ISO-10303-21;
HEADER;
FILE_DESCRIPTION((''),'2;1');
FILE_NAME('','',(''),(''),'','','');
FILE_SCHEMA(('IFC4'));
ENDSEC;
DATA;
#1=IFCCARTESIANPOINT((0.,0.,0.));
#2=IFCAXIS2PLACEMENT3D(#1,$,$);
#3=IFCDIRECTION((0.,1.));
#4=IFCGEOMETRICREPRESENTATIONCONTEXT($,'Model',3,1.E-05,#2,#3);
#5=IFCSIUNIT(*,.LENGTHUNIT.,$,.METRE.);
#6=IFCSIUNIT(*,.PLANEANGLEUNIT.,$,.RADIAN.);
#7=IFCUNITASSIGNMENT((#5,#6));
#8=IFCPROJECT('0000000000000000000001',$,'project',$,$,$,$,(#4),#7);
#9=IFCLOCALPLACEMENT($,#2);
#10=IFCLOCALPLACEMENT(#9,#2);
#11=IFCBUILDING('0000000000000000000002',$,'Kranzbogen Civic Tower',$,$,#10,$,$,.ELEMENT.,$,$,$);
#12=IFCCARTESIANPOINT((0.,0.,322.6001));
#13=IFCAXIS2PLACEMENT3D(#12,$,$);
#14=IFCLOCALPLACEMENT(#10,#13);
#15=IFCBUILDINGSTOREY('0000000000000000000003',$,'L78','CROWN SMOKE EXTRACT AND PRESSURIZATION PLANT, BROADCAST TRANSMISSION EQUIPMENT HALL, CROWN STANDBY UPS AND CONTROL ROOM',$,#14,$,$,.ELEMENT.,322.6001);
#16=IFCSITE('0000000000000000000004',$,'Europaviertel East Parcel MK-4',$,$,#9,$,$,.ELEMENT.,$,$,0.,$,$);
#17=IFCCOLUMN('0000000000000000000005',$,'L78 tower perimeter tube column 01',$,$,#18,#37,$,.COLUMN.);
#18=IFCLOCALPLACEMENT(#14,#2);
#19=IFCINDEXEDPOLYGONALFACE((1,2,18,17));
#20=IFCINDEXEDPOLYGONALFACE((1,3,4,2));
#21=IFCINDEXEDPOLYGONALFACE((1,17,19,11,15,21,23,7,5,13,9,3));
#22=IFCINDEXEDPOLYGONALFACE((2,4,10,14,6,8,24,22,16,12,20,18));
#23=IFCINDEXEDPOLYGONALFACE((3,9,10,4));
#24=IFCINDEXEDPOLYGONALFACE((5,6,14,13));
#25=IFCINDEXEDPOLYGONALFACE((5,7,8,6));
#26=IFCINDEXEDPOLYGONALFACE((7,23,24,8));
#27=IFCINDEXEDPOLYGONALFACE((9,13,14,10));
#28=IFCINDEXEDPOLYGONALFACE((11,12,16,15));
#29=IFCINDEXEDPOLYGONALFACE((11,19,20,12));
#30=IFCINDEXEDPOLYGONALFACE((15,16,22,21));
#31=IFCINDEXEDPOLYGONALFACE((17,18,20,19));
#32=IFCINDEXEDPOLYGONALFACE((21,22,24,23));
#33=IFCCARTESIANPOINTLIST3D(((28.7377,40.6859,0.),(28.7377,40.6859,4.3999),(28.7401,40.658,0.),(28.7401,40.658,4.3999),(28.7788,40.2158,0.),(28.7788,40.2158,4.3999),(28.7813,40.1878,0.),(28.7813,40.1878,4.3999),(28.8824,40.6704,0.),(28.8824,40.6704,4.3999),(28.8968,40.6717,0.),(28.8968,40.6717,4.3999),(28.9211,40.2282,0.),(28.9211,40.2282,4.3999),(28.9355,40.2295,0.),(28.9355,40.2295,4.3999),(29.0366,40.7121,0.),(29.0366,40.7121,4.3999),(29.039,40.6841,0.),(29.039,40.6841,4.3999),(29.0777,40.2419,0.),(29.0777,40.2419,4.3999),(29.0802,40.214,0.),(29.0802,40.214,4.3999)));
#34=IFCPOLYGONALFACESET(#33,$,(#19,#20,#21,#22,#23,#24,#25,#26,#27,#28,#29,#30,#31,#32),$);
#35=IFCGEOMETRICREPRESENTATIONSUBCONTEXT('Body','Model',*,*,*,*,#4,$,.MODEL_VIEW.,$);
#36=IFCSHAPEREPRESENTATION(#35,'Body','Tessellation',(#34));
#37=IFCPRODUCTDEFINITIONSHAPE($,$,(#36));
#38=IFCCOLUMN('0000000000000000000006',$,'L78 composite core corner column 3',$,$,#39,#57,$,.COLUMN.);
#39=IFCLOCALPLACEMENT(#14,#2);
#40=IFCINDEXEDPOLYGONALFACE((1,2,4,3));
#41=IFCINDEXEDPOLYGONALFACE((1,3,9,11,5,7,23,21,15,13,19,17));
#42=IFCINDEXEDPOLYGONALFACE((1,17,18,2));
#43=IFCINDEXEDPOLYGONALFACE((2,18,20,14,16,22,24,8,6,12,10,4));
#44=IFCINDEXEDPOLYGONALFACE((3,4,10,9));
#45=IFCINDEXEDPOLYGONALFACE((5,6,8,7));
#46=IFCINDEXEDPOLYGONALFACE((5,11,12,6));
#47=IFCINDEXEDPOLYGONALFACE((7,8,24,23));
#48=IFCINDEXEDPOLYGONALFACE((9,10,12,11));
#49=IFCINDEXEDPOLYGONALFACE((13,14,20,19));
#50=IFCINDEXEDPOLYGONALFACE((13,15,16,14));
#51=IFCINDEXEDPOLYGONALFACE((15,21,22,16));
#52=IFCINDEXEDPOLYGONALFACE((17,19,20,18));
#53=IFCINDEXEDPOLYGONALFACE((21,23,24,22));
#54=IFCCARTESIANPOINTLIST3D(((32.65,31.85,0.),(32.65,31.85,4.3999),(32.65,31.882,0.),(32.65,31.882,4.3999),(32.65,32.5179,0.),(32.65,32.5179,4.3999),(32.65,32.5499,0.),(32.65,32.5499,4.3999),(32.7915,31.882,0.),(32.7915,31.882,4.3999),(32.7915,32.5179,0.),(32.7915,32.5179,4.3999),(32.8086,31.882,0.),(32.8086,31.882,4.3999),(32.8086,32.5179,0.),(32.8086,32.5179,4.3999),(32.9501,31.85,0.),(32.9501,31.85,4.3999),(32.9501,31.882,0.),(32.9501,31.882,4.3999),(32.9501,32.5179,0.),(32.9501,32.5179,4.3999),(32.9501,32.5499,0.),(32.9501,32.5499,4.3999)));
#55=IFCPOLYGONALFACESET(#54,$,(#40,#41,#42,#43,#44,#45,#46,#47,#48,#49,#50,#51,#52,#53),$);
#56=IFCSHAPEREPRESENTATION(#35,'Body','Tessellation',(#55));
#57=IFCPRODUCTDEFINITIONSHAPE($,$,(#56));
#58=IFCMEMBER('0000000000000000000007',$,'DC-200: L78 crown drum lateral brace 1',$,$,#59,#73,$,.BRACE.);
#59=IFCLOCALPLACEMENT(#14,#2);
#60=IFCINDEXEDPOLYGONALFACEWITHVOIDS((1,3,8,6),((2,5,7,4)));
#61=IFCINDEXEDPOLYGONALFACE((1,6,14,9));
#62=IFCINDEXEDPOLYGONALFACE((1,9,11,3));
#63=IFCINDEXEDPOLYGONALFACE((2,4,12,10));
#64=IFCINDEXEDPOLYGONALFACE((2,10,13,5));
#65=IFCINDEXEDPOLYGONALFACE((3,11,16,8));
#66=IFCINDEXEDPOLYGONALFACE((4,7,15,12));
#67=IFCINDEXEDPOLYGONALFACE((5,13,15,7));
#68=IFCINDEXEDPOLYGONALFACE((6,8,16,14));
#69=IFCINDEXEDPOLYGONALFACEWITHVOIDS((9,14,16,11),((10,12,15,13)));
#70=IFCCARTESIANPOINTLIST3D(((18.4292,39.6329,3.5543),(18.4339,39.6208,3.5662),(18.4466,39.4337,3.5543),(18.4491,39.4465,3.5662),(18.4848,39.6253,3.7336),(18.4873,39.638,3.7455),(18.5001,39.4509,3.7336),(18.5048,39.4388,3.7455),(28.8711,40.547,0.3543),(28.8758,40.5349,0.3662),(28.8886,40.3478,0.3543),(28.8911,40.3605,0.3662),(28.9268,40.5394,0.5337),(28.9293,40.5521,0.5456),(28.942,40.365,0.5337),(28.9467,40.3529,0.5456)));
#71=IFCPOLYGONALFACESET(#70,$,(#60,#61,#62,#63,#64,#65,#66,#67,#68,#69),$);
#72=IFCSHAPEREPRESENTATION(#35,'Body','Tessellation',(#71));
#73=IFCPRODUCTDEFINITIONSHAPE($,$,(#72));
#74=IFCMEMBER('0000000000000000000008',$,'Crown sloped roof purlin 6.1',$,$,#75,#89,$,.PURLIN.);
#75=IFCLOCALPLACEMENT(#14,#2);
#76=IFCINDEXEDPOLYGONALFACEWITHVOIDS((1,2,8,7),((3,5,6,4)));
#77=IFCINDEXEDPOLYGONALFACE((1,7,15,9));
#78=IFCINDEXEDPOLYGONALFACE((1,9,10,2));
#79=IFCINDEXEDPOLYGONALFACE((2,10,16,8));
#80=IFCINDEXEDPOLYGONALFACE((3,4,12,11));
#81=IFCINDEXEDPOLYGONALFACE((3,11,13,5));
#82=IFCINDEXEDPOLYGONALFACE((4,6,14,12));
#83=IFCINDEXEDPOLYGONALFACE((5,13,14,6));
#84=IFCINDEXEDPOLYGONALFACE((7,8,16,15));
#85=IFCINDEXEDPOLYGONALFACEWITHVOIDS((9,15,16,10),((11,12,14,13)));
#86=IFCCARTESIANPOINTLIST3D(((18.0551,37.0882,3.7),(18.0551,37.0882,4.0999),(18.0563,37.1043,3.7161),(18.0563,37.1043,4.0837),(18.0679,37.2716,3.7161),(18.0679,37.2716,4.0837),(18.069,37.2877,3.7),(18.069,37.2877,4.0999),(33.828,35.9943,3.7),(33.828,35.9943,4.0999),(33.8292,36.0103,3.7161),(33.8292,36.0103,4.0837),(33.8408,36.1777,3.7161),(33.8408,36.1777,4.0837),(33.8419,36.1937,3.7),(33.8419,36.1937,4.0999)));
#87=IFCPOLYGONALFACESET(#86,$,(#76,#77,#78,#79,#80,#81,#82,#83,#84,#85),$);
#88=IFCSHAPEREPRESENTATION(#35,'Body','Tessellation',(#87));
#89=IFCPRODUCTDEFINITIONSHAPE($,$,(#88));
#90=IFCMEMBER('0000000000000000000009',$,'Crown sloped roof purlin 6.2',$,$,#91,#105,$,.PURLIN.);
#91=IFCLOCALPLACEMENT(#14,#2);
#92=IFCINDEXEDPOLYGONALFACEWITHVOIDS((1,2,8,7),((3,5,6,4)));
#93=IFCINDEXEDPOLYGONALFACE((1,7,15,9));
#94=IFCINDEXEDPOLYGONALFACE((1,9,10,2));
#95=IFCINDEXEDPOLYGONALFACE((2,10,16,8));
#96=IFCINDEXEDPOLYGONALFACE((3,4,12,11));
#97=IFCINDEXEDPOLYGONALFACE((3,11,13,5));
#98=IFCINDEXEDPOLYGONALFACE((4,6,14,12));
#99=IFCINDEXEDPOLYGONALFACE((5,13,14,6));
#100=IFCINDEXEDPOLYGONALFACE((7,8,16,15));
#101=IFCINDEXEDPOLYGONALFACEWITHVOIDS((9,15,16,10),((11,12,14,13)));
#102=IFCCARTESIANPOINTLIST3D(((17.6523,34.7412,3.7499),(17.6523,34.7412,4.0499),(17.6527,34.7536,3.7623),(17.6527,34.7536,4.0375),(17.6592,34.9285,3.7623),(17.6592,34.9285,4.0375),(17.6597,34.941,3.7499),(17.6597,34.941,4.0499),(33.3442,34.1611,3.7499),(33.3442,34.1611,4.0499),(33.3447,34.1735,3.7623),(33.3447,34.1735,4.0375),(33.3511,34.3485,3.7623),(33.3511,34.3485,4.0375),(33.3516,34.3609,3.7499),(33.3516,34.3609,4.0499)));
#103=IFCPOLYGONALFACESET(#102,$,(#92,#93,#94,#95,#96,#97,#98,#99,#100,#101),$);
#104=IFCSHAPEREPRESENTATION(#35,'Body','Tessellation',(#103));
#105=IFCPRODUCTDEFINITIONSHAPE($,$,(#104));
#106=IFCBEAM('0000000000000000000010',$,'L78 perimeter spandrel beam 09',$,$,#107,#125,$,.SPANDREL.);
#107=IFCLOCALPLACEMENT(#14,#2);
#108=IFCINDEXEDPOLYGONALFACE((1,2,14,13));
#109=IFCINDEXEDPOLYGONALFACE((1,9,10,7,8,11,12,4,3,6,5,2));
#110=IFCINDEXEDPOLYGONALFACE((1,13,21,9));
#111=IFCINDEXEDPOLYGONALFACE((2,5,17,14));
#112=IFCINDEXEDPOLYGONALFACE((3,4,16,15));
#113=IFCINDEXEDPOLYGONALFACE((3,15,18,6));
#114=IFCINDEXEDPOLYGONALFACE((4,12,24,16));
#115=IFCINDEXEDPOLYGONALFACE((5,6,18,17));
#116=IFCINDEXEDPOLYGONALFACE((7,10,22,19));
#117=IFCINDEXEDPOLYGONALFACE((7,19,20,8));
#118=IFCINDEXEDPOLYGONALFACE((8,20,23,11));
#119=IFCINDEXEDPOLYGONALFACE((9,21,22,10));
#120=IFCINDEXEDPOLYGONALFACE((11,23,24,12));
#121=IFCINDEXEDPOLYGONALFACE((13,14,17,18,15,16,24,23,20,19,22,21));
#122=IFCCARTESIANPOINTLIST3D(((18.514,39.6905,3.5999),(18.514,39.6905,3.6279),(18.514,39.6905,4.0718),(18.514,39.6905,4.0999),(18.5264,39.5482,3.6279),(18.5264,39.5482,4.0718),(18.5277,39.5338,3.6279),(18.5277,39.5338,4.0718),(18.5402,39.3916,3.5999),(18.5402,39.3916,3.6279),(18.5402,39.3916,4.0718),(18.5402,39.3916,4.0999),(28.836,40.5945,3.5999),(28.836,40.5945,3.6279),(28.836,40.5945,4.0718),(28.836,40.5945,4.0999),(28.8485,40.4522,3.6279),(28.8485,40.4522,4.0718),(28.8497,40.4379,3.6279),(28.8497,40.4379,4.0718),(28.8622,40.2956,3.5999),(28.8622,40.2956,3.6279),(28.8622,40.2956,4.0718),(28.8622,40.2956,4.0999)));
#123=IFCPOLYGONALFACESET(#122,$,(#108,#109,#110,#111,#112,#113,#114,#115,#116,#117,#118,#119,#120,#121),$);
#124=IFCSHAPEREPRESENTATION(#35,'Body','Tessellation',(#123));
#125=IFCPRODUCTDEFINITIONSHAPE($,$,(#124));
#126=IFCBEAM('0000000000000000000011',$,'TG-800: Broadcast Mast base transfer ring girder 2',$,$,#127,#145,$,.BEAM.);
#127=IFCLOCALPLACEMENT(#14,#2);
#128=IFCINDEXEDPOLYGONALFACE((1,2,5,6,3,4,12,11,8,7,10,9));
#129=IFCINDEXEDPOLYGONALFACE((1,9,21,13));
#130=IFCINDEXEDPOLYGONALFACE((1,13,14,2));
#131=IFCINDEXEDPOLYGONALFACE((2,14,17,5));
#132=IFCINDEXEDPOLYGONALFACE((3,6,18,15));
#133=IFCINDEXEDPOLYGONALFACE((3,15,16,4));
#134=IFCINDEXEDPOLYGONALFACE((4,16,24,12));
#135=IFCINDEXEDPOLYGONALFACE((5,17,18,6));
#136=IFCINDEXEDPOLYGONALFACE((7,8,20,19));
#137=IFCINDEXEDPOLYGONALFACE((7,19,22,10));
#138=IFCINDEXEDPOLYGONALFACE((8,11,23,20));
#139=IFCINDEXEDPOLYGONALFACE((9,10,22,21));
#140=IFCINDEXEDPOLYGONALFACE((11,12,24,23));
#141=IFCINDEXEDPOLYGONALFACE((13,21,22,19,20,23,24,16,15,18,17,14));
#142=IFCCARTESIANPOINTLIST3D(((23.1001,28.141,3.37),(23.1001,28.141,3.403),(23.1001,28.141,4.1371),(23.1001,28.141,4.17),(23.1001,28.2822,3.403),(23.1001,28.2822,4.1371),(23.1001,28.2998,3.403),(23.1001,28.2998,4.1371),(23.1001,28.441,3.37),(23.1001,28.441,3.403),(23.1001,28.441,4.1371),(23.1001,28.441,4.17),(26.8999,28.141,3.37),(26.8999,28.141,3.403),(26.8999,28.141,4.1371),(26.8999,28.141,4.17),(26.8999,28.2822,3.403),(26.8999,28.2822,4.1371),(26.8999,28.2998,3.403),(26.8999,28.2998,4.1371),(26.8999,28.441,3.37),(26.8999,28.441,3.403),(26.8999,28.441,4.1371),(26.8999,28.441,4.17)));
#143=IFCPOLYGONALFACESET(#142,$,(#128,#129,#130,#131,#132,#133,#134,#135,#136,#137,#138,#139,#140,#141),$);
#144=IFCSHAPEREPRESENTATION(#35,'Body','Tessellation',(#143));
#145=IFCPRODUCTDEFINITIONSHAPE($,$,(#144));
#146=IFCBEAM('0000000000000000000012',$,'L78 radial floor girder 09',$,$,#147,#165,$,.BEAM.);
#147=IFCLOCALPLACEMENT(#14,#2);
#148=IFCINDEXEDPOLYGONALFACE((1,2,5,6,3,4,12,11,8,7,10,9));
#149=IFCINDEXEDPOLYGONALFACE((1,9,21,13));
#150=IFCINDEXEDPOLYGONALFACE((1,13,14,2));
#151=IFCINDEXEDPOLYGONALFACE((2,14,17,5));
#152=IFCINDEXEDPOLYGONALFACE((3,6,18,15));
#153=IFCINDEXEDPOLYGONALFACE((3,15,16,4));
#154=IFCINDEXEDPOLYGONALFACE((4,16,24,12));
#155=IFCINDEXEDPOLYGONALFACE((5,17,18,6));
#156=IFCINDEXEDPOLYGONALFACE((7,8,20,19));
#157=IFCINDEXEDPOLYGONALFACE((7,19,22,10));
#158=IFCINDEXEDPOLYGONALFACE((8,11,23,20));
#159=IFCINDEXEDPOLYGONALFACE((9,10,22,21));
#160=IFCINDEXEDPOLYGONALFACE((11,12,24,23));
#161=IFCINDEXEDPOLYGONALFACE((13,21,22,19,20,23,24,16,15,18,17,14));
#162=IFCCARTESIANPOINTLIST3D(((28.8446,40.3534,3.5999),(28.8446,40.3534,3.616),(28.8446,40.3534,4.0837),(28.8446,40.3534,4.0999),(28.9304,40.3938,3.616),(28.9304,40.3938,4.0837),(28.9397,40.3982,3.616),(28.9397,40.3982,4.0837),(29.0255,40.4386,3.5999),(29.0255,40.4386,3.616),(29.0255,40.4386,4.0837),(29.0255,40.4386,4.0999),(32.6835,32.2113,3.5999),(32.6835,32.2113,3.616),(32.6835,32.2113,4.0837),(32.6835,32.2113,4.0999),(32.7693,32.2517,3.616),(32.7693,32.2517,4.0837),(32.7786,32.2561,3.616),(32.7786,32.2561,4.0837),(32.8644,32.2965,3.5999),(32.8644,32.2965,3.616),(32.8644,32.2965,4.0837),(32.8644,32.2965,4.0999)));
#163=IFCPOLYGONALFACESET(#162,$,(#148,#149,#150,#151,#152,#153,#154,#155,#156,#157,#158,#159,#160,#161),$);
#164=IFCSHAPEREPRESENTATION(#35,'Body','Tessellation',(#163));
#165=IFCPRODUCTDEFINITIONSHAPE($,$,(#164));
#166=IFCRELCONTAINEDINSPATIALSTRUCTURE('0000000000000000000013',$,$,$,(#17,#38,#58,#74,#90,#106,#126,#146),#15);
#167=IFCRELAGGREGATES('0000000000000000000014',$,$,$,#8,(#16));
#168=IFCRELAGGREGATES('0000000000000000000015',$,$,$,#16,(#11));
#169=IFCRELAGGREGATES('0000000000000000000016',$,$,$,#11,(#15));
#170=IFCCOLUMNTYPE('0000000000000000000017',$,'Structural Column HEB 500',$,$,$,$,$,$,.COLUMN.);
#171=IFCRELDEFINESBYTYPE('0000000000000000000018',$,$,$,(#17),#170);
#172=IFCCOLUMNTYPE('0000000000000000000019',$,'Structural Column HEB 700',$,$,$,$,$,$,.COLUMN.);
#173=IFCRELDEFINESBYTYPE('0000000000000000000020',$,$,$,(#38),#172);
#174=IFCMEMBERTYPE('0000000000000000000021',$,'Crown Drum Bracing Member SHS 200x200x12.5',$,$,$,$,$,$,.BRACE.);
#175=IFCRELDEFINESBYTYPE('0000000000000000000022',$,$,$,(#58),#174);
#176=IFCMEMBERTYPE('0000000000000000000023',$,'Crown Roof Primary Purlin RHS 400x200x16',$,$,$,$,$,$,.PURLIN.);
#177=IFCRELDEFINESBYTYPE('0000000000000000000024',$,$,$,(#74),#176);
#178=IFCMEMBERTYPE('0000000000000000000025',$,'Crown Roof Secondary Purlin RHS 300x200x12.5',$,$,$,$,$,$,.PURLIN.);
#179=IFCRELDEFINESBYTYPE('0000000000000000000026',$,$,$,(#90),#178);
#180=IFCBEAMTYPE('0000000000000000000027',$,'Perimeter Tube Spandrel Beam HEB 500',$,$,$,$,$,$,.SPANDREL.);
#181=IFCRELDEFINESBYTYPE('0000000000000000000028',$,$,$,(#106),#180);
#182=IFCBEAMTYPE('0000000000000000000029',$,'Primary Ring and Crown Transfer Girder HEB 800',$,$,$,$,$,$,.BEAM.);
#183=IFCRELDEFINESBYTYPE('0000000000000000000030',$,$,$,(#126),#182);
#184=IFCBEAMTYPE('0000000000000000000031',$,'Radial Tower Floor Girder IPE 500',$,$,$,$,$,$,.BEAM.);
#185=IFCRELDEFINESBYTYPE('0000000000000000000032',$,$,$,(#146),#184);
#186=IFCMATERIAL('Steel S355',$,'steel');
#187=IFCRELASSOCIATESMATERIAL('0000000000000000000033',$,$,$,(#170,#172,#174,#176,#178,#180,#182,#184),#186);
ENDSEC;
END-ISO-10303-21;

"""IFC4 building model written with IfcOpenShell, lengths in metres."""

from ifc_helpers import new_model, si_unit, direction, frame, origin, origin_2d, place, context, subcontext, project, spatial, hollow_rectangle, i_section, extrude, material, material_profile, profile_set, type_object, element, save


model = new_model("IFC4")

# Units and contexts
model_context = context("Model", 3, precision=1e-05, world=origin(), true_north=direction((0.0, 1.0)))
body_context = subcontext(model_context, "Body", "Model", "MODEL_VIEW")
ifc_project = project(units=[si_unit("LENGTHUNIT", "METRE"), si_unit("PLANEANGLEUNIT", "RADIAN")], contexts=[model_context])

# Site, building, storey
site_placement = place(None, origin())
site = spatial("IfcSite", under=ifc_project, at=site_placement, Name="Europaviertel East Parcel MK-4", CompositionType="ELEMENT", RefElevation=0.0)
building_placement = place(site_placement, origin())
building = spatial("IfcBuilding", under=site, at=building_placement, Name="Kranzbogen Civic Tower", CompositionType="ELEMENT")
storey_placement = place(building_placement, frame((0.0, 0.0, 322.6001)))
storey = spatial("IfcBuildingStorey", under=building, at=storey_placement, Name="L78", Description="CROWN SMOKE EXTRACT AND PRESSURIZATION PLANT, BROADCAST TRANSMISSION EQUIPMENT HALL, CROWN STANDBY UPS AND CONTROL ROOM", CompositionType="ELEMENT", Elevation=322.6001)

# Columns
ifc_material_1 = material(Name="Steel S355", Category="steel")
ifc_material_profile_1 = material_profile(ifc_material_1, i_section(OverallWidth=0.3, OverallDepth=0.5, WebThickness=0.0144, FlangeThickness=0.0281, at=origin_2d()), Name="HEB 500")
ifc_profile_set_1 = profile_set([ifc_material_profile_1], Name="Steel S355")
column_type_1 = type_object("IfcColumnType", Name="Structural Column HEB 500", PredefinedType="COLUMN", material=ifc_profile_set_1)
column_1_placement = place(storey_placement, frame((28.9089, 40.45, 0.0), z_axis=(0.0, 0.0, 1.0), x_axis=(0.996195, 0.087156, 0.0)))
element("IfcColumn", 1, at=column_1_placement, inside=storey, type_object=column_type_1, Name="L78 tower perimeter tube column 01", PredefinedType="COLUMN", context=body_context, shape_type="SweptSolid", body=[
    extrude(i_section(OverallWidth=0.3, OverallDepth=0.5, WebThickness=0.0144, FlangeThickness=0.0281, at=origin_2d()), origin(), (0.0, 0.0, 1.0), 4.3999),
])
ifc_material_profile_2 = material_profile(ifc_material_1, i_section(OverallWidth=0.3, OverallDepth=0.7, WebThickness=0.0171, FlangeThickness=0.032, at=origin_2d()), Name="HEB 700")
ifc_profile_set_2 = profile_set([ifc_material_profile_2], Name="Steel S355")
column_type_2 = type_object("IfcColumnType", Name="Structural Column HEB 700", PredefinedType="COLUMN", material=ifc_profile_set_2)
column_2_placement = place(storey_placement, frame((32.8, 32.2, 0.0), z_axis=(0.0, 0.0, 1.0), x_axis=(1.0, 0.0, 0.0)))
element("IfcColumn", 2, at=column_2_placement, inside=storey, type_object=column_type_2, Name="L78 composite core corner column 3", PredefinedType="COLUMN", context=body_context, shape_type="SweptSolid", body=[
    extrude(i_section(OverallWidth=0.3, OverallDepth=0.7, WebThickness=0.0171, FlangeThickness=0.032, at=origin_2d()), origin(), (0.0, 0.0, 1.0), 4.3999),
])

# Members
ifc_material_profile_3 = material_profile(ifc_material_1, hollow_rectangle(XDim=0.2, YDim=0.2, WallThickness=0.0125, at=origin_2d()), Name="SHS 200x200x12.5")
ifc_profile_set_3 = profile_set([ifc_material_profile_3], Name="Steel S355")
member_type_1 = type_object("IfcMemberType", Name="Crown Drum Bracing Member SHS 200x200x12.5", PredefinedType="BRACE", material=ifc_profile_set_3)
member_1_placement = place(storey_placement, frame((28.9089, 40.45, 0.45), z_axis=(-0.95278, -0.083404, 0.291982), x_axis=(0.087205, -0.99619, 0.0)))
element("IfcMember", 3, at=member_1_placement, inside=storey, type_object=member_type_1, Name="DC-200: L78 crown drum lateral brace 1", PredefinedType="BRACE", context=body_context, shape_type="SweptSolid", body=[
    extrude(hollow_rectangle(XDim=0.2, YDim=0.2, WallThickness=0.0125, at=origin_2d()), origin(), (0.0, 0.0, 1.0), 10.9595),
])
ifc_material_profile_4 = material_profile(ifc_material_1, hollow_rectangle(XDim=0.2, YDim=0.3999, WallThickness=0.0161, at=origin_2d()), Name="RHS 400x200x16")
ifc_profile_set_4 = profile_set([ifc_material_profile_4], Name="Steel S355")
member_type_2 = type_object("IfcMemberType", Name="Crown Roof Primary Purlin RHS 400x200x16", PredefinedType="PURLIN", material=ifc_profile_set_4)
member_2_placement = place(storey_placement, frame((33.835, 36.094, 3.8999), z_axis=(-0.997603, 0.069193, 0.0), x_axis=(-0.069193, -0.997603, 0.0)))
element("IfcMember", 4, at=member_2_placement, inside=storey, type_object=member_type_2, Name="Crown sloped roof purlin 6.1", PredefinedType="PURLIN", context=body_context, shape_type="SweptSolid", body=[
    extrude(hollow_rectangle(XDim=0.2, YDim=0.3999, WallThickness=0.0161, at=origin_2d()), origin(), (0.0, 0.0, 1.0), 15.8108),
])
ifc_material_profile_5 = material_profile(ifc_material_1, hollow_rectangle(XDim=0.2, YDim=0.3, WallThickness=0.0125, at=origin_2d()), Name="RHS 300x200x12.5")
ifc_profile_set_5 = profile_set([ifc_material_profile_5], Name="Steel S355")
member_type_3 = type_object("IfcMemberType", Name="Crown Roof Secondary Purlin RHS 300x200x12.5", PredefinedType="PURLIN", material=ifc_profile_set_5)
member_3_placement = place(storey_placement, frame((33.3479, 34.261, 3.8999), z_axis=(-0.999317, 0.036942, 0.0), x_axis=(-0.036942, -0.999317, 0.0)))
element("IfcMember", 5, at=member_3_placement, inside=storey, type_object=member_type_3, Name="Crown sloped roof purlin 6.2", PredefinedType="PURLIN", context=body_context, shape_type="SweptSolid", body=[
    extrude(hollow_rectangle(XDim=0.2, YDim=0.3, WallThickness=0.0125, at=origin_2d()), origin(), (0.0, 0.0, 1.0), 15.7026),
])

# Beams
ifc_material_profile_6 = material_profile(ifc_material_1, i_section(OverallWidth=0.3, OverallDepth=0.5, WebThickness=0.0144, FlangeThickness=0.0281, at=origin_2d()), Name="HEB 500")
ifc_profile_set_6 = profile_set([ifc_material_profile_6], Name="Steel S355")
beam_type_1 = type_object("IfcBeamType", Name="Perimeter Tube Spandrel Beam HEB 500", PredefinedType="SPANDREL", material=ifc_profile_set_6)
beam_1_placement = place(storey_placement, frame((28.8491, 40.4451, 3.8499), z_axis=(-0.996186, -0.087251, 0.0), x_axis=(0.087251, -0.996186, 0.0)))
element("IfcBeam", 6, at=beam_1_placement, inside=storey, type_object=beam_type_1, Name="L78 perimeter spandrel beam 09", PredefinedType="SPANDREL", context=body_context, shape_type="SweptSolid", body=[
    extrude(i_section(OverallWidth=0.3, OverallDepth=0.5, WebThickness=0.0144, FlangeThickness=0.0281, at=origin_2d()), origin(), (0.0, 0.0, 1.0), 10.3616),
])
ifc_material_profile_7 = material_profile(ifc_material_1, i_section(OverallWidth=0.3, OverallDepth=0.8, WebThickness=0.0176, FlangeThickness=0.033, at=origin_2d()), Name="HEB 800")
ifc_profile_set_7 = profile_set([ifc_material_profile_7], Name="Steel S355")
beam_type_2 = type_object("IfcBeamType", Name="Primary Ring and Crown Transfer Girder HEB 800", PredefinedType="BEAM", material=ifc_profile_set_7)
beam_2_placement = place(storey_placement, frame((26.8999, 28.291, 3.77), z_axis=(-1.0, 0.0, 0.0), x_axis=(0.0, -1.0, 0.0)))
element("IfcBeam", 7, at=beam_2_placement, inside=storey, type_object=beam_type_2, Name="TG-800: Broadcast Mast base transfer ring girder 2", PredefinedType="BEAM", context=body_context, shape_type="SweptSolid", body=[
    extrude(i_section(OverallWidth=0.3, OverallDepth=0.8, WebThickness=0.0176, FlangeThickness=0.033, at=origin_2d()), origin(), (0.0, 0.0, 1.0), 3.7998),
])
ifc_material_profile_8 = material_profile(ifc_material_1, i_section(OverallWidth=0.2, OverallDepth=0.5, WebThickness=0.0103, FlangeThickness=0.0161, at=origin_2d()), Name="IPE 500")
ifc_profile_set_8 = profile_set([ifc_material_profile_8], Name="Steel S355")
beam_type_3 = type_object("IfcBeamType", Name="Radial Tower Floor Girder IPE 500", PredefinedType="BEAM", material=ifc_profile_set_8)
beam_3_placement = place(storey_placement, frame((28.9351, 40.396, 3.8499), z_axis=(0.42646, -0.904506, 0.0), x_axis=(0.904506, 0.42646, 0.0)))
element("IfcBeam", 8, at=beam_3_placement, inside=storey, type_object=beam_type_3, Name="L78 radial floor girder 09", PredefinedType="BEAM", context=body_context, shape_type="SweptSolid", body=[
    extrude(i_section(OverallWidth=0.2, OverallDepth=0.5, WebThickness=0.0103, FlangeThickness=0.0161, at=origin_2d()), origin(), (0.0, 0.0, 1.0), 9.0017),
])

save(model, "model.ifc")
